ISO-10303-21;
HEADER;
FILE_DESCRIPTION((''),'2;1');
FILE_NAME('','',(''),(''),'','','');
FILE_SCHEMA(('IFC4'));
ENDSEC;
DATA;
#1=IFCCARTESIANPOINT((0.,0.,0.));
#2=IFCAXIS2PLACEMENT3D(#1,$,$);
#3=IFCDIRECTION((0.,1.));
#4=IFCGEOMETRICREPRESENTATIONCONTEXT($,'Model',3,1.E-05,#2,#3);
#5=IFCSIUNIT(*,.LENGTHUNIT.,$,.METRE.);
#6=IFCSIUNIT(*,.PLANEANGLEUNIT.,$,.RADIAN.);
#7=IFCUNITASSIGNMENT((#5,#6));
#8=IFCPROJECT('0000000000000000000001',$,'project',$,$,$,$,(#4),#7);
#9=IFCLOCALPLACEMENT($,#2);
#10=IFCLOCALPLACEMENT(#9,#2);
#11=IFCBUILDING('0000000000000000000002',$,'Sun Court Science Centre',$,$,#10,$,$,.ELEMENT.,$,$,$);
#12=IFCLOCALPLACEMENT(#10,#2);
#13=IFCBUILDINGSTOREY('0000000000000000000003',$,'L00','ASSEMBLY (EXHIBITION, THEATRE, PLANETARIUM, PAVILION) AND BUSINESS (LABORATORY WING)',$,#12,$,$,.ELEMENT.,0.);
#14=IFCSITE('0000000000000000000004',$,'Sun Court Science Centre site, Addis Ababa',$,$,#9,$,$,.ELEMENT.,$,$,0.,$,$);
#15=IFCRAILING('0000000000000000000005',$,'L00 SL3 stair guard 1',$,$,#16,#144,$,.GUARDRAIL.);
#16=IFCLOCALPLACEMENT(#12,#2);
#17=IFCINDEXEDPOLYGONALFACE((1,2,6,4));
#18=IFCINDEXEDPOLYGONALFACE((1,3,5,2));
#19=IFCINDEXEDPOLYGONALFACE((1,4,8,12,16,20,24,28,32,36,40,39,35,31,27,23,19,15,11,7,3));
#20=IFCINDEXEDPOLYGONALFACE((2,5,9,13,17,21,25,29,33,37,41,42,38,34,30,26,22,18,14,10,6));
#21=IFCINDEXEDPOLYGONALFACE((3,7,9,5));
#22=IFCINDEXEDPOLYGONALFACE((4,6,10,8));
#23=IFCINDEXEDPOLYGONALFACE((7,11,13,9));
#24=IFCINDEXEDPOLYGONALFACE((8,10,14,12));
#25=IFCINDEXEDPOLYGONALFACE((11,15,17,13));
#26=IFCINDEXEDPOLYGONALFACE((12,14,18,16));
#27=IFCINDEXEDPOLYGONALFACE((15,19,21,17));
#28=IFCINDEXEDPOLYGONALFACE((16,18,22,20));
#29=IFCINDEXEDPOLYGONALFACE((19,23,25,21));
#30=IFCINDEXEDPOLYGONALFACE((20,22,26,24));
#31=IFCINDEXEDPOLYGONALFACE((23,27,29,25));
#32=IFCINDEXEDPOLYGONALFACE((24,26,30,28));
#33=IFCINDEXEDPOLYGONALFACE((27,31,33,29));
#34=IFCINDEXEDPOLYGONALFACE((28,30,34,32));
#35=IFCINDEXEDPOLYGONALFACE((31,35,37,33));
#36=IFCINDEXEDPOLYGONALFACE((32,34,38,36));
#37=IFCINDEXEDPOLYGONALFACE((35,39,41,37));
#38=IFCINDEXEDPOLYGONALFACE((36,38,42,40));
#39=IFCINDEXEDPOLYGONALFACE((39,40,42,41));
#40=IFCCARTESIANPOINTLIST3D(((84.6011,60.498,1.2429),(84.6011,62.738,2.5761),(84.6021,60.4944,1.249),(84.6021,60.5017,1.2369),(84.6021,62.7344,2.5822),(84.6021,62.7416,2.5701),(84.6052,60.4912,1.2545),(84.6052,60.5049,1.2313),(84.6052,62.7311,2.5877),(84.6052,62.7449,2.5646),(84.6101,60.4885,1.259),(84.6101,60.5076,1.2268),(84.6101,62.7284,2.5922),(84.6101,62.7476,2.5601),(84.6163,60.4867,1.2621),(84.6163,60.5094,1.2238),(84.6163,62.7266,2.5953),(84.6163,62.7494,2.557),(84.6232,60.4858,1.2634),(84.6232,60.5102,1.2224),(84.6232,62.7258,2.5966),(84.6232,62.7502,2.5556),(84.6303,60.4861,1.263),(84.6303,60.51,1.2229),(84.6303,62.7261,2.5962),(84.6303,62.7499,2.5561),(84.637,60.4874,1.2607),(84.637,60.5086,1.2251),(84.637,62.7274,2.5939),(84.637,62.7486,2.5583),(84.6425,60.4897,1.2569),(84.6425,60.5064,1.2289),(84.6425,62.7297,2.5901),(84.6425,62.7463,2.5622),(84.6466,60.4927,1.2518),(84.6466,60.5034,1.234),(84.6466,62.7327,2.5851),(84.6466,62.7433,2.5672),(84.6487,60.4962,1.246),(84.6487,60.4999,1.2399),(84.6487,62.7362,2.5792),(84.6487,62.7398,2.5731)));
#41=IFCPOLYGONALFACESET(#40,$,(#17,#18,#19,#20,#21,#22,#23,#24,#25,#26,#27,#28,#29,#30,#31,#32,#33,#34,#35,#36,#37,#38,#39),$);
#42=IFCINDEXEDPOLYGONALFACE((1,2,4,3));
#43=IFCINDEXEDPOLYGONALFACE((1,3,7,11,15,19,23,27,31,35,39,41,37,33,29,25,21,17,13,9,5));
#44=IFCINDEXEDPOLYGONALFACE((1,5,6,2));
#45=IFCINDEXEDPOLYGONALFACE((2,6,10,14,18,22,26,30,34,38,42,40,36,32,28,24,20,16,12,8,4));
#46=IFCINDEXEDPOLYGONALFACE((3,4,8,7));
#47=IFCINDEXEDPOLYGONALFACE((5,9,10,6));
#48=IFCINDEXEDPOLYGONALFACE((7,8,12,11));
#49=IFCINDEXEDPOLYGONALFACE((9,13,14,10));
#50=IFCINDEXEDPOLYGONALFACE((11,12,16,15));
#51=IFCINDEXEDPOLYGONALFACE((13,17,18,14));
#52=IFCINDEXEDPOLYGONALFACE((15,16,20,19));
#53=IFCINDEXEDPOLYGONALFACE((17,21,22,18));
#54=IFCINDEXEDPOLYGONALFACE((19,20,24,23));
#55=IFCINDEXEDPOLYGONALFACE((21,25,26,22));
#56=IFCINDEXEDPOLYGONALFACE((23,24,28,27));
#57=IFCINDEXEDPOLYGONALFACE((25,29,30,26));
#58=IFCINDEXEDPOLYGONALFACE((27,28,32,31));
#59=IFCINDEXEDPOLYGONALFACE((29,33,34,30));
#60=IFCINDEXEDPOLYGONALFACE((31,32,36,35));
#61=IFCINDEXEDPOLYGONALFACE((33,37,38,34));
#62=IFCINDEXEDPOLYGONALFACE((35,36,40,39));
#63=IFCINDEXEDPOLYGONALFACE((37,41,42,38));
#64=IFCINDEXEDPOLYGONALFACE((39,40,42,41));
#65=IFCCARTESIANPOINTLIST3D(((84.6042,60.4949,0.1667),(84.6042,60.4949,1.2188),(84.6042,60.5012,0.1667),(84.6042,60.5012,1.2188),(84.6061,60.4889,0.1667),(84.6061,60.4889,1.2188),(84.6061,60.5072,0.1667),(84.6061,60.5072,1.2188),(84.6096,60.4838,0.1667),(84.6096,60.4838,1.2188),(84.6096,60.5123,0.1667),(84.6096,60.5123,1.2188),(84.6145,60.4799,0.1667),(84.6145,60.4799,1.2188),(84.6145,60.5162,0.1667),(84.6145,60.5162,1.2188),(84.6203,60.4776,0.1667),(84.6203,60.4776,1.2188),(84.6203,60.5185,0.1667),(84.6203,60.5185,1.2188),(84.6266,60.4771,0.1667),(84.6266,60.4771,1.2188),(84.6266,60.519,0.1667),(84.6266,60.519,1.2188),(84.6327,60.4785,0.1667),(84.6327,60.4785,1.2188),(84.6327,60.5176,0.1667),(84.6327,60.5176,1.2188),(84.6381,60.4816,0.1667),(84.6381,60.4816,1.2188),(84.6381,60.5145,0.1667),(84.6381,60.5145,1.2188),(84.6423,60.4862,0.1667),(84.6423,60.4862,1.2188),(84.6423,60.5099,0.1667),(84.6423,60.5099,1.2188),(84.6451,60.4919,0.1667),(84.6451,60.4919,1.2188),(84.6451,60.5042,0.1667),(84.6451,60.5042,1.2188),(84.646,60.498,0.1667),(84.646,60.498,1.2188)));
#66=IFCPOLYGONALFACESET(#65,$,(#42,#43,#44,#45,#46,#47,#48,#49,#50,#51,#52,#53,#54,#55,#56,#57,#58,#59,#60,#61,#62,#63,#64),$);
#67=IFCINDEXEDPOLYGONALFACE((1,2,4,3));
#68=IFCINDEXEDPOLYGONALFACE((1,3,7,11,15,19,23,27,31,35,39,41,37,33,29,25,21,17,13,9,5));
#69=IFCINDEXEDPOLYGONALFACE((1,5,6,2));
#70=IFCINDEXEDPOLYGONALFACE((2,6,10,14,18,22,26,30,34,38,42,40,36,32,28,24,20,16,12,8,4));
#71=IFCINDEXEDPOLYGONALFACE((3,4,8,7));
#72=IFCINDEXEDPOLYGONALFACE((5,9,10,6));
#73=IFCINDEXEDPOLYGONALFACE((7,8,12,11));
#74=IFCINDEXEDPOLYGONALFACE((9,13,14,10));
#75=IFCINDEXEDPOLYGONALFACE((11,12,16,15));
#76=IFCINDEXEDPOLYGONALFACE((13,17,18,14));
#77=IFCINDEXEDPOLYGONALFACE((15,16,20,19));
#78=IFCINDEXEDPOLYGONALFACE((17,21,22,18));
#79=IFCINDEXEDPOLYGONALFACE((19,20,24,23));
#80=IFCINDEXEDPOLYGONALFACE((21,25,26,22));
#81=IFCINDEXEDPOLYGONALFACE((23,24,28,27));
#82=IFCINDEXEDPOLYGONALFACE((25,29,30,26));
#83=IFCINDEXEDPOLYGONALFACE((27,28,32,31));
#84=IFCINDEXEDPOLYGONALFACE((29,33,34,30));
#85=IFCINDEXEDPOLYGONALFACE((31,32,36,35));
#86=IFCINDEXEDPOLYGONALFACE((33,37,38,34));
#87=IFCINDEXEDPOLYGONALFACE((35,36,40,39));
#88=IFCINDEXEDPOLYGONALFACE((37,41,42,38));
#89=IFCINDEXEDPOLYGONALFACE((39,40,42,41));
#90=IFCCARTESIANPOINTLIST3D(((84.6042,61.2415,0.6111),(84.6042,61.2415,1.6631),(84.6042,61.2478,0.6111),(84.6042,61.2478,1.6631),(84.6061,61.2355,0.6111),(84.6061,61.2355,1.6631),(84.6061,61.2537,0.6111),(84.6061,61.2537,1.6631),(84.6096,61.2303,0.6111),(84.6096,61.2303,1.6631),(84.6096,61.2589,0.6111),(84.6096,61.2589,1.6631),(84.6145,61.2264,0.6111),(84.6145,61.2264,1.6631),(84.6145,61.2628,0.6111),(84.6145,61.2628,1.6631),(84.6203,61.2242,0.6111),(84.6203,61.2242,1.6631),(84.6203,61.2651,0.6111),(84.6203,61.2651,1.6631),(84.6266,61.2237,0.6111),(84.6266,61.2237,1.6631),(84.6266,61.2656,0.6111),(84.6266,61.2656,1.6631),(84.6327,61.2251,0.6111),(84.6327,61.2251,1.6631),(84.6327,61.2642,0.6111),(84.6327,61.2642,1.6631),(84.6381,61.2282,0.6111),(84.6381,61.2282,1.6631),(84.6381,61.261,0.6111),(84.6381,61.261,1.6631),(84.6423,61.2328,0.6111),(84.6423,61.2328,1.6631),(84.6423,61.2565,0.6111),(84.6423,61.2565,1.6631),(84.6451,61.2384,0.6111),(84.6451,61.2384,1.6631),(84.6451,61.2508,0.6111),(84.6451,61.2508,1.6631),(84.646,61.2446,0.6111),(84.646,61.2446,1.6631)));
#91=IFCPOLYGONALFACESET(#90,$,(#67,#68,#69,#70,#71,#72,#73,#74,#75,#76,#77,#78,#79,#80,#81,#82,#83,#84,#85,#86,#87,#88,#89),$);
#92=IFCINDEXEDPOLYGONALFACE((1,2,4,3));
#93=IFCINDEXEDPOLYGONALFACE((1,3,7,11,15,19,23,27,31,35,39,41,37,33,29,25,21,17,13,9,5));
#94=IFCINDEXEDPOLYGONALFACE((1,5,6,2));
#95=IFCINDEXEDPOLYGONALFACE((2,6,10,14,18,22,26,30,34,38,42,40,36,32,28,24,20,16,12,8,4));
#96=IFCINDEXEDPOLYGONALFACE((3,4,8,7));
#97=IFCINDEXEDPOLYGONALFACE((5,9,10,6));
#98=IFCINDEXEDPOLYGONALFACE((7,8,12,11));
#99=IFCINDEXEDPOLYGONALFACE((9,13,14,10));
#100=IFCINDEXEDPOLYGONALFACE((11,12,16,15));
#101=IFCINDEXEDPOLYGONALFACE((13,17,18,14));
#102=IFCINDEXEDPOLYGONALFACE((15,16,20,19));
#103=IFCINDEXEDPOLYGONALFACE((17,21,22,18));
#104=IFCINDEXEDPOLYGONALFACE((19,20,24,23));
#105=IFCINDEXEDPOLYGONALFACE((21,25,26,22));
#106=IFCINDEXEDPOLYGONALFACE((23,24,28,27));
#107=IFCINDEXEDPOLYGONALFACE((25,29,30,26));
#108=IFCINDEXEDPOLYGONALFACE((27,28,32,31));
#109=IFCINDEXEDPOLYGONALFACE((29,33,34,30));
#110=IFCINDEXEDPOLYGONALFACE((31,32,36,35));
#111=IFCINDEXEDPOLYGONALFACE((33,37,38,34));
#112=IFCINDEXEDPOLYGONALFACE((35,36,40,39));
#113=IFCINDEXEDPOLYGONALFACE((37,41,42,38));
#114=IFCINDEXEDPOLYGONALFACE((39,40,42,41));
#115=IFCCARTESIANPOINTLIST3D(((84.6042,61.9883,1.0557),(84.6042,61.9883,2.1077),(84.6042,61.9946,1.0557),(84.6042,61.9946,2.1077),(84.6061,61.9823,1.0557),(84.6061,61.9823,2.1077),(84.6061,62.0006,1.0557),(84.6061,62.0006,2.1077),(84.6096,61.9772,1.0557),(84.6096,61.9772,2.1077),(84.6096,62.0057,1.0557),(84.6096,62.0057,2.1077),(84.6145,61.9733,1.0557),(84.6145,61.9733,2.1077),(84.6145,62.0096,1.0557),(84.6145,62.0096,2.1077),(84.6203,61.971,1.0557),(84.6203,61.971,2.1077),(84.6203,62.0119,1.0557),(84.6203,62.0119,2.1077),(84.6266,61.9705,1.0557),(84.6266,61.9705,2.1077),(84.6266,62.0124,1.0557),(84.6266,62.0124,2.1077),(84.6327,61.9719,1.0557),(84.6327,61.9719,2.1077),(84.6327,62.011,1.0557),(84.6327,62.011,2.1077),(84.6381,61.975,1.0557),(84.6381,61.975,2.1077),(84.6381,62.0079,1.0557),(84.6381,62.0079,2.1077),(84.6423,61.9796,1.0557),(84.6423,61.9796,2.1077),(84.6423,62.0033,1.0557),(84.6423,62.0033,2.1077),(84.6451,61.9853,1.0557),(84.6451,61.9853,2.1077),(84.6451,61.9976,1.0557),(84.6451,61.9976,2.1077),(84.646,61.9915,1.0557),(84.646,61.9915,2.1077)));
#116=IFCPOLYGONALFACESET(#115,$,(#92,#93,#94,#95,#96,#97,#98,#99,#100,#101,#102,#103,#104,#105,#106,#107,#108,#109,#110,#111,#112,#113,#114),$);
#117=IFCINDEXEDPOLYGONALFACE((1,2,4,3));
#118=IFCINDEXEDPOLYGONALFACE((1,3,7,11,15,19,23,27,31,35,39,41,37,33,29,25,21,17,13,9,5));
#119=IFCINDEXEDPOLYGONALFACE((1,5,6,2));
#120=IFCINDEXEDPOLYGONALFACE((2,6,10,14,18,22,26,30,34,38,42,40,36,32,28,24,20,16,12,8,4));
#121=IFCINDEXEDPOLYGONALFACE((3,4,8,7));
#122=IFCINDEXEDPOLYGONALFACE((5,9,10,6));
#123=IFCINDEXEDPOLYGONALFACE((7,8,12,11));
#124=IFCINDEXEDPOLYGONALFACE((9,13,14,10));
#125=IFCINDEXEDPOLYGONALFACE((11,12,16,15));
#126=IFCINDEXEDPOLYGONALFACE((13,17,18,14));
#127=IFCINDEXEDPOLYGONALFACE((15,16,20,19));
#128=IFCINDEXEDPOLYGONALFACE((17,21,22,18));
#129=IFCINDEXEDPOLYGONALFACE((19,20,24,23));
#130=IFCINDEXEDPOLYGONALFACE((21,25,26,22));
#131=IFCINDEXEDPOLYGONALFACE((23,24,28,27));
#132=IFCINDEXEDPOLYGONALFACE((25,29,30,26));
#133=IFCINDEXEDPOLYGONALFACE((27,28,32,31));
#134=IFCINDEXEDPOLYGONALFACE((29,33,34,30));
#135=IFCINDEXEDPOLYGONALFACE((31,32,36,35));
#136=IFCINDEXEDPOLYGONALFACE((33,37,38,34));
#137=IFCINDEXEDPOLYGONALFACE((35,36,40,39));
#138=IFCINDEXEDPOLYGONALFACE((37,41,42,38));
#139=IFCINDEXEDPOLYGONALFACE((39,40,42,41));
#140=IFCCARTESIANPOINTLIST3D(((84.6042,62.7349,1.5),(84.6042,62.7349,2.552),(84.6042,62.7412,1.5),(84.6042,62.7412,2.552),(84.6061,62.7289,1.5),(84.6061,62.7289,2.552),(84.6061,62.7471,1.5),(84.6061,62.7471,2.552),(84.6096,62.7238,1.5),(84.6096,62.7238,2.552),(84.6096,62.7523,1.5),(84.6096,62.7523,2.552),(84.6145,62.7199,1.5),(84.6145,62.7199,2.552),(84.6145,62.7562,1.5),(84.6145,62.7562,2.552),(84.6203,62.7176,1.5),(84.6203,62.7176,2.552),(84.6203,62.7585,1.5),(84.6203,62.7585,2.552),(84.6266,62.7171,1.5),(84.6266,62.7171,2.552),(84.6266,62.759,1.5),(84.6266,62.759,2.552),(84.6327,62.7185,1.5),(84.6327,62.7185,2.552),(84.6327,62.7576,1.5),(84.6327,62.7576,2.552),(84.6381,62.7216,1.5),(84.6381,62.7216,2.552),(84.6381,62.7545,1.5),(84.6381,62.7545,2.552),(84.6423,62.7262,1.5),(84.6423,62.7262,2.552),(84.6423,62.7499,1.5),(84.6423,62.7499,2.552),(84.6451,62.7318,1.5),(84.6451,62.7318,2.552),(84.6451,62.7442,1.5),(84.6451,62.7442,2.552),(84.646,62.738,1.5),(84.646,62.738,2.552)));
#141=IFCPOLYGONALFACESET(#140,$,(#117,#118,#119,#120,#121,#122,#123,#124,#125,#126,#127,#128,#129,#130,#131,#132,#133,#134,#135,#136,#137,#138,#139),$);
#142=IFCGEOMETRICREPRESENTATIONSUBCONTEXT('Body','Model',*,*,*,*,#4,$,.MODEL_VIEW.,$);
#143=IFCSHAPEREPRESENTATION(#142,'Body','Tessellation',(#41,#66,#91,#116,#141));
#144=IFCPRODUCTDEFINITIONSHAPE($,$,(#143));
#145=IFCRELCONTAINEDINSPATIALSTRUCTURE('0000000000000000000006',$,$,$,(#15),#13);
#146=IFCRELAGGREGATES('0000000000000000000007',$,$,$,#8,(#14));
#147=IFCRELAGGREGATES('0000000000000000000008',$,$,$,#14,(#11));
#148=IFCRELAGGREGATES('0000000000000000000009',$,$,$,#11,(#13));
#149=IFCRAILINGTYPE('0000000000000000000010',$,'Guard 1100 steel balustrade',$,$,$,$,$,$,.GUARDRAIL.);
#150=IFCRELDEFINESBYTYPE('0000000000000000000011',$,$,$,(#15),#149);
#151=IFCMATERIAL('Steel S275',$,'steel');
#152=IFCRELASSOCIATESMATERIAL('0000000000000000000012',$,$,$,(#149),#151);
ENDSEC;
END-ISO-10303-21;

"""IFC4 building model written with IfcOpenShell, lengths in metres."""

from ifc_helpers import new_model, si_unit, direction, frame, origin, origin_2d, place, context, subcontext, project, spatial, circle, extrude, material, type_object, element, save


model = new_model("IFC4")

# Units and contexts
model_context = context("Model", 3, precision=1e-05, world=origin(), true_north=direction((0.0, 1.0)))
body_context = subcontext(model_context, "Body", "Model", "MODEL_VIEW")
ifc_project = project(units=[si_unit("LENGTHUNIT", "METRE"), si_unit("PLANEANGLEUNIT", "RADIAN")], contexts=[model_context])

# Site, building, storey
site_placement = place(None, origin())
site = spatial("IfcSite", under=ifc_project, at=site_placement, Name="Sun Court Science Centre site, Addis Ababa", CompositionType="ELEMENT", RefElevation=0.0)
building_placement = place(site_placement, origin())
building = spatial("IfcBuilding", under=site, at=building_placement, Name="Sun Court Science Centre", CompositionType="ELEMENT")
storey_placement = place(building_placement, origin())
storey = spatial("IfcBuildingStorey", under=building, at=storey_placement, Name="L00", Description="ASSEMBLY (EXHIBITION, THEATRE, PLANETARIUM, PAVILION) AND BUSINESS (LABORATORY WING)", CompositionType="ELEMENT", Elevation=0.0)

# Railing
ifc_material_1 = material(Name="Steel S275", Category="steel")
railing_type_1 = type_object("IfcRailingType", Name="Guard 1100 steel balustrade", PredefinedType="GUARDRAIL", material=ifc_material_1)
railing_1_placement = place(storey_placement, frame((84.625, 60.498, 0.1667)))
element("IfcRailing", 1, at=railing_1_placement, inside=storey, type_object=railing_type_1, Name="L00 SL3 stair guard 1", PredefinedType="GUARDRAIL", context=body_context, shape_type="SweptSolid", body=[
    extrude(circle(Radius=0.0239, at=origin_2d()), frame((0.0, 0.0, 1.0762), z_axis=(0.0, 0.859306, 0.511462), x_axis=(-1.0, 0.0, 0.0)), (0.0, 0.0, 1.0), 2.6067),
    extrude(circle(Radius=0.021, at=origin_2d()), origin(), (0.0, 0.0, 1.0), 1.052),
    extrude(circle(Radius=0.021, at=origin_2d()), frame((0.0, 0.7466, 0.4443)), (0.0, 0.0, 1.0), 1.052),
    extrude(circle(Radius=0.021, at=origin_2d()), frame((0.0, 1.4934, 0.8889)), (0.0, 0.0, 1.0), 1.052),
    extrude(circle(Radius=0.021, at=origin_2d()), frame((0.0, 2.24, 1.3333)), (0.0, 0.0, 1.0), 1.052),
])

save(model, "model.ifc")
